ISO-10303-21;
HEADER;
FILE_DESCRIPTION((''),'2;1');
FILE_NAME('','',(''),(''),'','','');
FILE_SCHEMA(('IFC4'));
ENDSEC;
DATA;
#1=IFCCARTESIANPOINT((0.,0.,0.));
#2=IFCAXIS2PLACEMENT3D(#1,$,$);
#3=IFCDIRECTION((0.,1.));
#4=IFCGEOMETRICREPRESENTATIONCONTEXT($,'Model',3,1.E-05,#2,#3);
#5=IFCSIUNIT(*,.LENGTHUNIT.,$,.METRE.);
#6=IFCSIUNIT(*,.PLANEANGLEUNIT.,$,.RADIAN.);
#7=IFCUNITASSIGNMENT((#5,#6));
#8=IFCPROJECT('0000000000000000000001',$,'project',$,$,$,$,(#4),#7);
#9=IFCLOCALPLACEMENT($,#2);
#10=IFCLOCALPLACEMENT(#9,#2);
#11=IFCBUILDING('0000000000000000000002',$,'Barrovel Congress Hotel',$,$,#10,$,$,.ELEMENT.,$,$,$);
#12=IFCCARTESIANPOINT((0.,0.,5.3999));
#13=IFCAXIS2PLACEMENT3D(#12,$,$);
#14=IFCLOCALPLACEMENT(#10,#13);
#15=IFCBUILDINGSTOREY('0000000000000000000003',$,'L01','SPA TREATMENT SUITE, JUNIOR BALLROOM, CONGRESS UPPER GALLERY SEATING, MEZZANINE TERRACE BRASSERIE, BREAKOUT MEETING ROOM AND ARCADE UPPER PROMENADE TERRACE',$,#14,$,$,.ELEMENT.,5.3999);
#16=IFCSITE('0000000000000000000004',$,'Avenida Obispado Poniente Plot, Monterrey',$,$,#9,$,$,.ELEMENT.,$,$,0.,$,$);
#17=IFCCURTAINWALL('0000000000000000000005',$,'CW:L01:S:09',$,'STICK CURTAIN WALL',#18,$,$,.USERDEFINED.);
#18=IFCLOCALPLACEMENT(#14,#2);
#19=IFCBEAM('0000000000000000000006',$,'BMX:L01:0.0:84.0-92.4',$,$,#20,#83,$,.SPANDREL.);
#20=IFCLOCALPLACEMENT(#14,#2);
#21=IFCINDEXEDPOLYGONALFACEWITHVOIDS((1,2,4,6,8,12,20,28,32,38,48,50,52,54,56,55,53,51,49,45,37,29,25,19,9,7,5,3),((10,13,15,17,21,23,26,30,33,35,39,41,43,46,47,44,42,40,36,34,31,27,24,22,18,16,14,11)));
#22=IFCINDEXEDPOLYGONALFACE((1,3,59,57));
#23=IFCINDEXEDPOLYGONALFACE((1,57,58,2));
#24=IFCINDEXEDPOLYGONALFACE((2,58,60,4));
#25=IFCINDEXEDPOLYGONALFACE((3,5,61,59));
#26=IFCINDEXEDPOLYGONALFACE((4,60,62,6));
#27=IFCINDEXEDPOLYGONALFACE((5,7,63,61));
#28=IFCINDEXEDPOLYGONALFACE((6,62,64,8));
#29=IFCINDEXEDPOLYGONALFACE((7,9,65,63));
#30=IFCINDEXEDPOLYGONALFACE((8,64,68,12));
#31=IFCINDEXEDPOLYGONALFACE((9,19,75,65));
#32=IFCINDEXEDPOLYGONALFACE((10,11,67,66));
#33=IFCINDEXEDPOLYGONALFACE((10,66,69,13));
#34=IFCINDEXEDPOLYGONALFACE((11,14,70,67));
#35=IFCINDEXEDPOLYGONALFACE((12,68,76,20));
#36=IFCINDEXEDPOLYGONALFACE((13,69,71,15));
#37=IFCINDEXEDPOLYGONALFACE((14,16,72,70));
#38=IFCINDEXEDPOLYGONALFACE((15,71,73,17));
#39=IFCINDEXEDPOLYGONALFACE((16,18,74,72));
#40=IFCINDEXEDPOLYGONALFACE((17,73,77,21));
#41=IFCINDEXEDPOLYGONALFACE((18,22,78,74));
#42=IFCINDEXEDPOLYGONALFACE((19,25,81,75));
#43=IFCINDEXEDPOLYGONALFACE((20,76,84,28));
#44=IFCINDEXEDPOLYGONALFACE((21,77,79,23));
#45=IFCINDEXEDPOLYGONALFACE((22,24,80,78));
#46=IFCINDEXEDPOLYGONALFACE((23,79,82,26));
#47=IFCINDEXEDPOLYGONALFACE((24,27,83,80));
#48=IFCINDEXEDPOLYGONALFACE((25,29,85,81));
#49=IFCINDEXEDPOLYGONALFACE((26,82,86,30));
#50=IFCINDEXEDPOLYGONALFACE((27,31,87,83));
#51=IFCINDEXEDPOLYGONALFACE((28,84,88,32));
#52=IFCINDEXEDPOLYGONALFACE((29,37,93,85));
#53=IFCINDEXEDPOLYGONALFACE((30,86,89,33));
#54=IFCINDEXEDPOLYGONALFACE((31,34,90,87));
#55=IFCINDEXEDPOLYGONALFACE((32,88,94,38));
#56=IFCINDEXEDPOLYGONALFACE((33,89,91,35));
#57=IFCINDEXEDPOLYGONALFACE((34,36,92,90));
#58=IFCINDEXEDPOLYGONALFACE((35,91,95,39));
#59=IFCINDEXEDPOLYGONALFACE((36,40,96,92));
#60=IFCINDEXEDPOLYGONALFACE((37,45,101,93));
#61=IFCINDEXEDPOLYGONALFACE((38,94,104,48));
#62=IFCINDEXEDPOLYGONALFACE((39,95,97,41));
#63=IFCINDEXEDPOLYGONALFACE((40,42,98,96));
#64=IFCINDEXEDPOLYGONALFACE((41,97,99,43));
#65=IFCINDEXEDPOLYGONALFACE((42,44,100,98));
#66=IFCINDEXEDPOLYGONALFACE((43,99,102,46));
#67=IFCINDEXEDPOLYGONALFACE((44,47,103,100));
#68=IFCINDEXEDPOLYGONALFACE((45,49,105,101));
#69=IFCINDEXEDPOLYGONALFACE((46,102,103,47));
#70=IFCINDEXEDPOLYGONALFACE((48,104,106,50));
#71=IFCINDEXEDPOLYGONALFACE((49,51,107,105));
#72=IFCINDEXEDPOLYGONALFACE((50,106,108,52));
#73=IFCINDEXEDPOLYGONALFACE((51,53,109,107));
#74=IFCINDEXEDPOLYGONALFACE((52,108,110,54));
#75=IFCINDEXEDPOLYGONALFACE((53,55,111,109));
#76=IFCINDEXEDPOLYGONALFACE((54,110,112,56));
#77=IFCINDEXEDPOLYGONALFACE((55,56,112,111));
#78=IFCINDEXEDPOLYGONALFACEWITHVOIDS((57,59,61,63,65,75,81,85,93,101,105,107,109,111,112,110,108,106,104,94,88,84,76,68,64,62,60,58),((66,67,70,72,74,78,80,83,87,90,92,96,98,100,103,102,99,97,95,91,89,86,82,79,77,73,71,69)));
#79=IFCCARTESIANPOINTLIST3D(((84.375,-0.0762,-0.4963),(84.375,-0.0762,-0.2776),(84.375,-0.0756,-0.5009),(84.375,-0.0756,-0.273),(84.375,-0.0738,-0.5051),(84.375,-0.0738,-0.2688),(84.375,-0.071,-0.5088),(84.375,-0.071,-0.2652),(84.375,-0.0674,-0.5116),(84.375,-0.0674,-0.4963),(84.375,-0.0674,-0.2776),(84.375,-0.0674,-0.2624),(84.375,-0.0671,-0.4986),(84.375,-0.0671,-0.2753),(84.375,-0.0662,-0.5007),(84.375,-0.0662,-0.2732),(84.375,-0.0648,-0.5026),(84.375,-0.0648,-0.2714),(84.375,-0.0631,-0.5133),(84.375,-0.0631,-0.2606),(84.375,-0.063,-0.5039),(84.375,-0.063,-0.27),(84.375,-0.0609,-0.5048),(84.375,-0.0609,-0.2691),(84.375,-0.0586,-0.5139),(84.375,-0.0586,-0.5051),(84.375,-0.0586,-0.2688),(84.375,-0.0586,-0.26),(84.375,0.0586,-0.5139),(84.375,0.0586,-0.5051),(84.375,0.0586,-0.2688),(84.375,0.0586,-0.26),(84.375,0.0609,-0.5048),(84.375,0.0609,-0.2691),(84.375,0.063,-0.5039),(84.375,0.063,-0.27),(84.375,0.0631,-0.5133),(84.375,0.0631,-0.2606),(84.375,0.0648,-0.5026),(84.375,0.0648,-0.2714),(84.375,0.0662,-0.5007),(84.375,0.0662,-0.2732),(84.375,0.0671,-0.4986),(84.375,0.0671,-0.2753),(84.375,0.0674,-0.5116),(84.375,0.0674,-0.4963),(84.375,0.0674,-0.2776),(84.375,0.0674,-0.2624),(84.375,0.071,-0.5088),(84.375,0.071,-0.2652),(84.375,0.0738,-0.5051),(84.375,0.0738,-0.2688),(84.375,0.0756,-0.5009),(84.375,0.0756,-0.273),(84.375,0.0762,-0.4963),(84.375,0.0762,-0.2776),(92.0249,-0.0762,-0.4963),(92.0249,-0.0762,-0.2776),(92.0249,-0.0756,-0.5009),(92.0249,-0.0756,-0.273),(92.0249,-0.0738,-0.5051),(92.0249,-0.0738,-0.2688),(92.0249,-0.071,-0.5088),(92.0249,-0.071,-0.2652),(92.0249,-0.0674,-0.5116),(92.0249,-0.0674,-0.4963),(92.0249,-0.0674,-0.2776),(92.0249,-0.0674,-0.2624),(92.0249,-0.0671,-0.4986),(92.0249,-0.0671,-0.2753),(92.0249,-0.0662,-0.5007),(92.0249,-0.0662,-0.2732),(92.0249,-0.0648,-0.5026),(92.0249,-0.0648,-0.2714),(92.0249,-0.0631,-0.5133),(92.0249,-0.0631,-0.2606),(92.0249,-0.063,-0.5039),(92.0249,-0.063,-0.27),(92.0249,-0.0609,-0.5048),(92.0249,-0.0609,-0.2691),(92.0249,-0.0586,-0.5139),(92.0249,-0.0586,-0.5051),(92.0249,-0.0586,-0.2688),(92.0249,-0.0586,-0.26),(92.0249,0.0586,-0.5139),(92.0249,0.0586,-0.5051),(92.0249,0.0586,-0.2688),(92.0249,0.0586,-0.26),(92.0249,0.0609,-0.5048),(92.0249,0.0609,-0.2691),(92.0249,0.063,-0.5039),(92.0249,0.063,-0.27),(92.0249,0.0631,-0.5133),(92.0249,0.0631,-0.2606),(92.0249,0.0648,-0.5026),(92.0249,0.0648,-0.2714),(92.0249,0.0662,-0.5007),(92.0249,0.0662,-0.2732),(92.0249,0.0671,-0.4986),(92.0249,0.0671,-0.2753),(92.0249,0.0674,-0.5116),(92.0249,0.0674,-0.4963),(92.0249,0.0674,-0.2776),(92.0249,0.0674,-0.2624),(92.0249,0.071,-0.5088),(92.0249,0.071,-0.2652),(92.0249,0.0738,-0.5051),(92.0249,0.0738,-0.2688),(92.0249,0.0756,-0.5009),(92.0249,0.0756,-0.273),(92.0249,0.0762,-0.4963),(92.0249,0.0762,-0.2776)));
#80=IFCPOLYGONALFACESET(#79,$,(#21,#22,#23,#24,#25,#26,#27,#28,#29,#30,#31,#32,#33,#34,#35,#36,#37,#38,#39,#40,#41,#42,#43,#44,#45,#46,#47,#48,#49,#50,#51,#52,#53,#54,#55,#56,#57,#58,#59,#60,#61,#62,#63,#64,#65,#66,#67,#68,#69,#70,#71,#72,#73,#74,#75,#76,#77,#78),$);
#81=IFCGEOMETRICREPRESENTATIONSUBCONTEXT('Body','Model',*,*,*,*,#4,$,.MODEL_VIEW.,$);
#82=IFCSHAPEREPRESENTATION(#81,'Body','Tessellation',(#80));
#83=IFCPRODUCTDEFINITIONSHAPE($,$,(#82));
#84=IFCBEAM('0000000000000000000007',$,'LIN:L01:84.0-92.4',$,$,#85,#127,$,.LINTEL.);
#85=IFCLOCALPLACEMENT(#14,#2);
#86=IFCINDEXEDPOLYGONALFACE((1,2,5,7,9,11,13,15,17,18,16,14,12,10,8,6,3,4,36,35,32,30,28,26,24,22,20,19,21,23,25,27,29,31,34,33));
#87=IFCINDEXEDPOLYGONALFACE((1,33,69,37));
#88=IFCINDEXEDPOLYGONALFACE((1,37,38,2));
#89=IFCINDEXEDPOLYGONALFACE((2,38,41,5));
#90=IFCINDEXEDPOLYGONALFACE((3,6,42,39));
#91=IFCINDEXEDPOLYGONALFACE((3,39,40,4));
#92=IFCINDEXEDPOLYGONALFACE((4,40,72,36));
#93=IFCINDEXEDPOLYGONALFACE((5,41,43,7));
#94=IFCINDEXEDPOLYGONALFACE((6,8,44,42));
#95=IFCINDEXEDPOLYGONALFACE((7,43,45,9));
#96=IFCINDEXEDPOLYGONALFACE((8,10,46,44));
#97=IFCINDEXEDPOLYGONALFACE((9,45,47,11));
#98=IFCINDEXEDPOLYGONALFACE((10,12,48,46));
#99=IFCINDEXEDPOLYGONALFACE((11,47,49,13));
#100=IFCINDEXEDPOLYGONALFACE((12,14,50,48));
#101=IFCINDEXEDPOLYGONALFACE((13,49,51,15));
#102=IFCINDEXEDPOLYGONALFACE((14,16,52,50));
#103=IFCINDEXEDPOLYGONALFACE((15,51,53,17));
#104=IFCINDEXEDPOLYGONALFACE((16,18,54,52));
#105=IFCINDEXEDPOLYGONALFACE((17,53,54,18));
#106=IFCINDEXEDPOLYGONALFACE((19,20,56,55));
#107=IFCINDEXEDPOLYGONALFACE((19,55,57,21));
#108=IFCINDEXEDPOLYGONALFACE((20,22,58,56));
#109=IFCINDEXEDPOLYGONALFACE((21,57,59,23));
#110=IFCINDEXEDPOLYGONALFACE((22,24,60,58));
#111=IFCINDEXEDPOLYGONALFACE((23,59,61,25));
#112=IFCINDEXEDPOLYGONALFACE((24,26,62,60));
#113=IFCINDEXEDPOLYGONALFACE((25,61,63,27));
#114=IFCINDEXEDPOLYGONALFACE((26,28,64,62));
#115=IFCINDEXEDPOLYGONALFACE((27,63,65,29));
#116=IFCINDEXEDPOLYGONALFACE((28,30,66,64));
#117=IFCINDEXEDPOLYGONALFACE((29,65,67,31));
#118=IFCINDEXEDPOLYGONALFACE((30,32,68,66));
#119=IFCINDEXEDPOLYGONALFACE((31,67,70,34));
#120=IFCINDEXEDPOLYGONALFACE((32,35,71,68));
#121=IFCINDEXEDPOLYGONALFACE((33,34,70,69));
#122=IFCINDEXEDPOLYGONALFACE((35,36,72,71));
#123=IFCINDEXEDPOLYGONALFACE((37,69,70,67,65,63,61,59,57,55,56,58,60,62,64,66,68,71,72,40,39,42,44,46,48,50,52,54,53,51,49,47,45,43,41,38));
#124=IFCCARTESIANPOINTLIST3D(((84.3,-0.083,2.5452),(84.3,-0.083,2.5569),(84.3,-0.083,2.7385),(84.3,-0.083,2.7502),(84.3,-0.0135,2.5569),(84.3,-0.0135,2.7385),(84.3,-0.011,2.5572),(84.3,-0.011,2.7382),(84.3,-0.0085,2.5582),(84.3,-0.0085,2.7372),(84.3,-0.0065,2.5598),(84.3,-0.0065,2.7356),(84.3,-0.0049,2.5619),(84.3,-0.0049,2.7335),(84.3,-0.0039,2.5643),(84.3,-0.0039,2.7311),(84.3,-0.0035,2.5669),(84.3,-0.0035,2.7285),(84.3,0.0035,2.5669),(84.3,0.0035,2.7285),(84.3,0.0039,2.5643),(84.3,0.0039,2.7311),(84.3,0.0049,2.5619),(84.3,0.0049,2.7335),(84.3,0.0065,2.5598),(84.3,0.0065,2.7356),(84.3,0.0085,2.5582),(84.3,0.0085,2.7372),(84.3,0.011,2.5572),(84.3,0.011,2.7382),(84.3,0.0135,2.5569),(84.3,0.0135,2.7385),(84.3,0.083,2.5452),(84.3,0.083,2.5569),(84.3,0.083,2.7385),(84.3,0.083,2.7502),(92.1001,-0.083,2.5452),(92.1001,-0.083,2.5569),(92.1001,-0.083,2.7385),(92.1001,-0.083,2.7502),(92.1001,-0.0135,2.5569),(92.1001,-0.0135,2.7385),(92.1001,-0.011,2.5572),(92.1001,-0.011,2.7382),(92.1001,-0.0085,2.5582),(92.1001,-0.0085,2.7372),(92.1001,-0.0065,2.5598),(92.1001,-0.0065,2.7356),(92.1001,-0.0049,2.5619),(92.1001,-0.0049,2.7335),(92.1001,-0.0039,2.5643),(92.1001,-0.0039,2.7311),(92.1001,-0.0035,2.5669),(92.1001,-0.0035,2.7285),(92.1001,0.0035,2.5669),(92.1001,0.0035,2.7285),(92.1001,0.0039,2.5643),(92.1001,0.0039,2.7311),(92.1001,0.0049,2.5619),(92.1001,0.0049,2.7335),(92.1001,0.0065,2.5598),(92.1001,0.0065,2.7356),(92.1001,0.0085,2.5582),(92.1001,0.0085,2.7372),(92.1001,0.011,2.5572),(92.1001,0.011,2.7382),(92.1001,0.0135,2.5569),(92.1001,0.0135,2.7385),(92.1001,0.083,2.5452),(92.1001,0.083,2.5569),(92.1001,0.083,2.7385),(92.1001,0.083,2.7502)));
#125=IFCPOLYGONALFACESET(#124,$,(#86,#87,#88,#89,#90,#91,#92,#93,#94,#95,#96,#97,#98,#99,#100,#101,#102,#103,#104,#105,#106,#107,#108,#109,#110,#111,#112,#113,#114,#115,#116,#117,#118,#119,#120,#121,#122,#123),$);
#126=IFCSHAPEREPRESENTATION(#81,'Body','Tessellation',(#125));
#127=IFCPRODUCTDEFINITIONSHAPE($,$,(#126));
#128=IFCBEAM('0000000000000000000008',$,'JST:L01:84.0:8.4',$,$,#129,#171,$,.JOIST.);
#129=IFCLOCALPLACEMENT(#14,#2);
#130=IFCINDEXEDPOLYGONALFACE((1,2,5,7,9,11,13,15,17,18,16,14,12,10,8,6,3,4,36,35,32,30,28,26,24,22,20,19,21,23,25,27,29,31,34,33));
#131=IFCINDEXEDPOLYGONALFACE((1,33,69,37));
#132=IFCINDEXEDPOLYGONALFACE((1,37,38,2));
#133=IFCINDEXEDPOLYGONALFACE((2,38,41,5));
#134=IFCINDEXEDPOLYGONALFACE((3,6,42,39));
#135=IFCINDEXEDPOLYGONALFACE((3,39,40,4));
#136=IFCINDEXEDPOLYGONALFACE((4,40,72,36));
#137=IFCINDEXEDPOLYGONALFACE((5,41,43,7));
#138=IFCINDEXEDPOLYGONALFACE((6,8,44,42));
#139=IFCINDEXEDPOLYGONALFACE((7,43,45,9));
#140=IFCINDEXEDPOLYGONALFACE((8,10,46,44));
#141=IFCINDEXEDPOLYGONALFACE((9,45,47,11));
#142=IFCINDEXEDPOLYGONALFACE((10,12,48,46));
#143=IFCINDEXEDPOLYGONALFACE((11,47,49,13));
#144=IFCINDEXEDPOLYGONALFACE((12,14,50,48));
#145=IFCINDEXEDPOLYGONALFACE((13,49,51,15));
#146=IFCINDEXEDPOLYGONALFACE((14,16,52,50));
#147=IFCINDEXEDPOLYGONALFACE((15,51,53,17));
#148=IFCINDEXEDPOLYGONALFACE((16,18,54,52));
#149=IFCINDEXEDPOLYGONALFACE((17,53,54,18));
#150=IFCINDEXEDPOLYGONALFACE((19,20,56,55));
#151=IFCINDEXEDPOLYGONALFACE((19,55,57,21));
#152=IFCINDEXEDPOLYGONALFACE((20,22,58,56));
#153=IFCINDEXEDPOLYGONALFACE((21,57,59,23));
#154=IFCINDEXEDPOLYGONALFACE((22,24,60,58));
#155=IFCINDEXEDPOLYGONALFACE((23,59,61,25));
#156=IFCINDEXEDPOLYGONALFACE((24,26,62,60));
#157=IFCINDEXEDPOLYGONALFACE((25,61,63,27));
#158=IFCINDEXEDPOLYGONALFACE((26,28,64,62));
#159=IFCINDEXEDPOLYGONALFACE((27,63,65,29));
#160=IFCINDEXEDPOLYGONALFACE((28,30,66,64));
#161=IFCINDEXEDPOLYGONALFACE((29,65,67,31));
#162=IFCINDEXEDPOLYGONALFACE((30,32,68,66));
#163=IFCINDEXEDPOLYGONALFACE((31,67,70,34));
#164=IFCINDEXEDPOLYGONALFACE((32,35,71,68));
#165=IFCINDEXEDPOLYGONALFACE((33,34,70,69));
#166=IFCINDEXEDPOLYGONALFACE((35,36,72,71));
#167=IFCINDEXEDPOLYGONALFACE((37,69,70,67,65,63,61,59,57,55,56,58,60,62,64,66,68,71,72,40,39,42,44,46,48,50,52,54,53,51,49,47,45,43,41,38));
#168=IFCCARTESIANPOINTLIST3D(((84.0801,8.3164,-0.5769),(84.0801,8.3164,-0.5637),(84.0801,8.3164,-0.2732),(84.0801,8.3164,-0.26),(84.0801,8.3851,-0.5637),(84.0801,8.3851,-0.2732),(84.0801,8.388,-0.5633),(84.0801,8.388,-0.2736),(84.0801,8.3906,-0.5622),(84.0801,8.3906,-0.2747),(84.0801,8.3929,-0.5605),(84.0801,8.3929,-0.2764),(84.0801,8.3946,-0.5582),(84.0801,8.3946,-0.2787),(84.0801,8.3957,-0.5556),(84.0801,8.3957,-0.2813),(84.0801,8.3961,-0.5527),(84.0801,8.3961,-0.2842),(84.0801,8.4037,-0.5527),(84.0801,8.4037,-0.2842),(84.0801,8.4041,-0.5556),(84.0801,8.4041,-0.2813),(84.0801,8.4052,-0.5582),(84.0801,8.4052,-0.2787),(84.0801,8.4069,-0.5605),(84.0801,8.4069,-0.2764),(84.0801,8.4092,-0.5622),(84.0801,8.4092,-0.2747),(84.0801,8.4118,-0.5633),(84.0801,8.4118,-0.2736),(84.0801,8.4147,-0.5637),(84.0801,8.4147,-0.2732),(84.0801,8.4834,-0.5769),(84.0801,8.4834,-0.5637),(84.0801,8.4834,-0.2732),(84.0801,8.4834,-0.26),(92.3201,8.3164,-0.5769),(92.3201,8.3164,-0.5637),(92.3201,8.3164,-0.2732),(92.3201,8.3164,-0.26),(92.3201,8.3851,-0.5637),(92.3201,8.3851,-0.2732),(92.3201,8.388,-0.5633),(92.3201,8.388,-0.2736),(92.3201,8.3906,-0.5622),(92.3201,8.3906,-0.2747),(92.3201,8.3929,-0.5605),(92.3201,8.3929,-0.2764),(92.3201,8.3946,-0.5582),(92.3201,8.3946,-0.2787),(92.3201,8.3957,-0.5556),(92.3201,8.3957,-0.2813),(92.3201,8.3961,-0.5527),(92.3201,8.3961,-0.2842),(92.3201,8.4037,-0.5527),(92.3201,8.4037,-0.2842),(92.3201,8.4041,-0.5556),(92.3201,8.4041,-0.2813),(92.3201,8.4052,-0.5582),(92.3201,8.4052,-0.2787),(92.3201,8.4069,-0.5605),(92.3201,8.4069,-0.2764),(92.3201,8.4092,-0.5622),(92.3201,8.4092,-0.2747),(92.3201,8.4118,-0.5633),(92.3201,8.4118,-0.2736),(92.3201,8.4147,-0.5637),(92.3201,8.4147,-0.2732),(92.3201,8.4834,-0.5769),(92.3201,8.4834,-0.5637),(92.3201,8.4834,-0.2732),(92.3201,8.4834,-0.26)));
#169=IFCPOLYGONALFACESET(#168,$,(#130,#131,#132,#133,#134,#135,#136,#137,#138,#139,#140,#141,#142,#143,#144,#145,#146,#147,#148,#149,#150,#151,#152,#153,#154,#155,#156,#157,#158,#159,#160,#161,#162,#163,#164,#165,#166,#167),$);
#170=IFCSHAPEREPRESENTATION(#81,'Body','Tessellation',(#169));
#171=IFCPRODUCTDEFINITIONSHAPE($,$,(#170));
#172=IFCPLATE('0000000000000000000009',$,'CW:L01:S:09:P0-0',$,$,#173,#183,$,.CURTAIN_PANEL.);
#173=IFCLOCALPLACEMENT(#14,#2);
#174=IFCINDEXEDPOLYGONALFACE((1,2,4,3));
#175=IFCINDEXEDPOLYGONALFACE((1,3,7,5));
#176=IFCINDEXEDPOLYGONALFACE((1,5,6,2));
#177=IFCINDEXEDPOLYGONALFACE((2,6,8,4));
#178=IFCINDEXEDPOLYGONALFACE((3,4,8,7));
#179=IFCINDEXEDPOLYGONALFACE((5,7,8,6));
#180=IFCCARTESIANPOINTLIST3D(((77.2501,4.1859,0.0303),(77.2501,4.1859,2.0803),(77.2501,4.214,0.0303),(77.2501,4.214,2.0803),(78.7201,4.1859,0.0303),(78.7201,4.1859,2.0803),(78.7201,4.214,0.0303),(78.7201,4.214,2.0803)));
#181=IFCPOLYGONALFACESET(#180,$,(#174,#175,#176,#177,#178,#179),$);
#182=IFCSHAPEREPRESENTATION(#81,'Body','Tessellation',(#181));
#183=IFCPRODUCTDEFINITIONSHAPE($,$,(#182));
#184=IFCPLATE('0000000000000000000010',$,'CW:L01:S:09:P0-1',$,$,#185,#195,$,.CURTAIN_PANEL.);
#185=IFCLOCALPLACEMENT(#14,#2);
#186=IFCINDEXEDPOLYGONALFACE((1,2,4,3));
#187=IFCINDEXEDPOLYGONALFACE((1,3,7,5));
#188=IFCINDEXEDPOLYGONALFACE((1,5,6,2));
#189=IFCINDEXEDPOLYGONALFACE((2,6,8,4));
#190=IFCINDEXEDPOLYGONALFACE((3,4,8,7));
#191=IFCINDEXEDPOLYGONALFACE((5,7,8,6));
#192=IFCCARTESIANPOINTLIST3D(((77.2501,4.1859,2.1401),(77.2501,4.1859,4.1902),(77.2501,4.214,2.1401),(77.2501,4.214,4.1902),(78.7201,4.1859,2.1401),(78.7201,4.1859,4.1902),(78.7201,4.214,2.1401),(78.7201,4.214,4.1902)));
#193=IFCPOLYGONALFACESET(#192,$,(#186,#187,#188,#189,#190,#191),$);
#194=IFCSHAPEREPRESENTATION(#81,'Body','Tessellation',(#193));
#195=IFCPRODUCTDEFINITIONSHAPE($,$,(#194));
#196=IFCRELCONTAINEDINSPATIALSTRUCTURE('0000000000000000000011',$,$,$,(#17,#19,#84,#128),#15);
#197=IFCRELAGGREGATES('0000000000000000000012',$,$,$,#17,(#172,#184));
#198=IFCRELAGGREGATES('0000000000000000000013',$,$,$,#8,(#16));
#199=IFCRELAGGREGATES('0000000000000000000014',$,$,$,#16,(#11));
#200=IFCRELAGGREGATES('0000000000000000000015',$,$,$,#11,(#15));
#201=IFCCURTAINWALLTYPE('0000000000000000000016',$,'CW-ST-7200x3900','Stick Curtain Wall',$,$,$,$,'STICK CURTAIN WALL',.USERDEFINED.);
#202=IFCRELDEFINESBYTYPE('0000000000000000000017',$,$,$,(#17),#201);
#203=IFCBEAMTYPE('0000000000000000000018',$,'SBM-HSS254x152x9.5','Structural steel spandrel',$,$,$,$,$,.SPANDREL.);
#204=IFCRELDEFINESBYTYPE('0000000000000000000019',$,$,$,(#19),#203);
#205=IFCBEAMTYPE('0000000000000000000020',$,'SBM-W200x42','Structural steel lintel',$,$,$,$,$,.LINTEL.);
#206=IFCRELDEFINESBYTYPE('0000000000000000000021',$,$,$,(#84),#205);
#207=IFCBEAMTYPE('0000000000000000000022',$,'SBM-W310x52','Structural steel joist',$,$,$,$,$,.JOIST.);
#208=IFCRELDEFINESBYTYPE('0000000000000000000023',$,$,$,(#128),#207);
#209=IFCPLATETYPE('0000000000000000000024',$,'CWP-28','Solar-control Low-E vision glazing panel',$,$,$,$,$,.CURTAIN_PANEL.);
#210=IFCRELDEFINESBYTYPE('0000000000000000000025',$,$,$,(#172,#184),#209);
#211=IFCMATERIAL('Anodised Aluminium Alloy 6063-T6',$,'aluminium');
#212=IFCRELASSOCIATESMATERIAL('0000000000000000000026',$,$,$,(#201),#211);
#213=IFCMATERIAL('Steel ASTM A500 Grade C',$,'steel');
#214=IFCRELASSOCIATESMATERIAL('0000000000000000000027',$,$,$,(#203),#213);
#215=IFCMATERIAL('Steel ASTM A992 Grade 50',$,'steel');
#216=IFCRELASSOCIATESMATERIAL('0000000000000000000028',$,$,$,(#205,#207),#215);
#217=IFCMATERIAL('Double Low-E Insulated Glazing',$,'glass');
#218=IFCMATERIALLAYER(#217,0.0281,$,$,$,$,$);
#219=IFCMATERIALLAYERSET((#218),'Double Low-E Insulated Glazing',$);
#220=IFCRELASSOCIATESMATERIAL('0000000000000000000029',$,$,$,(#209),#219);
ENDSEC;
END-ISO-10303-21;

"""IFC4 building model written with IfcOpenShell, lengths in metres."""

from ifc_helpers import new_model, si_unit, direction, frame, origin, origin_2d, place, context, subcontext, project, spatial, rectangle, hollow_rectangle, i_section, extrude, material, layer, layer_set, material_profile, profile_set, type_object, element, aggregate, save


model = new_model("IFC4")

# Units and contexts
model_context = context("Model", 3, precision=1e-05, world=origin(), true_north=direction((0.0, 1.0)))
body_context = subcontext(model_context, "Body", "Model", "MODEL_VIEW")
ifc_project = project(units=[si_unit("LENGTHUNIT", "METRE"), si_unit("PLANEANGLEUNIT", "RADIAN")], contexts=[model_context])

# Site, building, storey
site_placement = place(None, origin())
site = spatial("IfcSite", under=ifc_project, at=site_placement, Name="Avenida Obispado Poniente Plot, Monterrey", CompositionType="ELEMENT", RefElevation=0.0)
building_placement = place(site_placement, origin())
building = spatial("IfcBuilding", under=site, at=building_placement, Name="Barrovel Congress Hotel", CompositionType="ELEMENT")
storey_placement = place(building_placement, frame((0.0, 0.0, 5.3999)))
storey = spatial("IfcBuildingStorey", under=building, at=storey_placement, Name="L01", Description="SPA TREATMENT SUITE, JUNIOR BALLROOM, CONGRESS UPPER GALLERY SEATING, MEZZANINE TERRACE BRASSERIE, BREAKOUT MEETING ROOM AND ARCADE UPPER PROMENADE TERRACE", CompositionType="ELEMENT", Elevation=5.3999)

# Curtain wall
ifc_material_1 = material(Name="Anodised Aluminium Alloy 6063-T6", Category="aluminium")
curtain_wall_type = type_object("IfcCurtainWallType", Name="CW-ST-7200x3900", Description="Stick Curtain Wall", ElementType="STICK CURTAIN WALL", PredefinedType="USERDEFINED", material=ifc_material_1)
curtain_wall_placement = place(storey_placement, origin())
curtain_wall = element("IfcCurtainWall", 1, at=curtain_wall_placement, inside=storey, type_object=curtain_wall_type, Name="CW:L01:S:09", ObjectType="STICK CURTAIN WALL", PredefinedType="USERDEFINED")

# Beams
ifc_material_2 = material(Name="Steel ASTM A500 Grade C", Category="steel")
ifc_material_profile_1 = material_profile(ifc_material_2, hollow_rectangle(XDim=0.1523, YDim=0.2539, WallThickness=0.0088, InnerFilletRadius=0.0088, OuterFilletRadius=0.0176, at=origin_2d()), Name="HSS254x152x9.5")
ifc_profile_set_1 = profile_set([ifc_material_profile_1], Name="Steel ASTM A500 Grade C")
beam_type_1 = type_object("IfcBeamType", Name="SBM-HSS254x152x9.5", Description="Structural steel spandrel", PredefinedType="SPANDREL", material=ifc_profile_set_1)
beam_1_placement = place(storey_placement, frame((84.375, 0.0, -0.387), z_axis=(1.0, 0.0, 0.0), x_axis=(0.0, 1.0, 0.0)))
element("IfcBeam", 2, at=beam_1_placement, inside=storey, type_object=beam_type_1, Name="BMX:L01:0.0:84.0-92.4", PredefinedType="SPANDREL", context=body_context, shape_type="SweptSolid", body=[
    extrude(hollow_rectangle(XDim=0.1523, YDim=0.2539, WallThickness=0.0088, InnerFilletRadius=0.0088, OuterFilletRadius=0.0176, at=origin_2d()), origin(), (0.0, 0.0, 1.0), 7.6499),
])
ifc_material_3 = material(Name="Steel ASTM A992 Grade 50", Category="steel")
ifc_material_profile_2 = material_profile(ifc_material_3, i_section(OverallWidth=0.166, OverallDepth=0.2051, WebThickness=0.0071, FlangeThickness=0.0117, FilletRadius=0.01, at=origin_2d()), Name="W200x42")
ifc_profile_set_2 = profile_set([ifc_material_profile_2], Name="Steel ASTM A992 Grade 50")
beam_type_2 = type_object("IfcBeamType", Name="SBM-W200x42", Description="Structural steel lintel", PredefinedType="LINTEL", material=ifc_profile_set_2)
beam_2_placement = place(storey_placement, frame((84.3, 0.0, 2.6477), z_axis=(1.0, 0.0, 0.0), x_axis=(0.0, 1.0, 0.0)))
element("IfcBeam", 3, at=beam_2_placement, inside=storey, type_object=beam_type_2, Name="LIN:L01:84.0-92.4", PredefinedType="LINTEL", context=body_context, shape_type="SweptSolid", body=[
    extrude(i_section(OverallWidth=0.166, OverallDepth=0.2051, WebThickness=0.0071, FlangeThickness=0.0117, FilletRadius=0.01, at=origin_2d()), origin(), (0.0, 0.0, 1.0), 7.8),
])
ifc_material_profile_3 = material_profile(ifc_material_3, i_section(OverallWidth=0.167, OverallDepth=0.3169, WebThickness=0.0076, FlangeThickness=0.0132, FilletRadius=0.011, at=origin_2d()), Name="W310x52")
ifc_profile_set_3 = profile_set([ifc_material_profile_3], Name="Steel ASTM A992 Grade 50")
beam_type_3 = type_object("IfcBeamType", Name="SBM-W310x52", Description="Structural steel joist", PredefinedType="JOIST", material=ifc_profile_set_3)
beam_3_placement = place(storey_placement, frame((84.0801, 8.3999, -0.4185), z_axis=(1.0, 0.0, 0.0), x_axis=(0.0, 1.0, 0.0)))
element("IfcBeam", 4, at=beam_3_placement, inside=storey, type_object=beam_type_3, Name="JST:L01:84.0:8.4", PredefinedType="JOIST", context=body_context, shape_type="SweptSolid", body=[
    extrude(i_section(OverallWidth=0.167, OverallDepth=0.3169, WebThickness=0.0076, FlangeThickness=0.0132, FilletRadius=0.011, at=origin_2d()), origin(), (0.0, 0.0, 1.0), 8.24),
])

# Plates
ifc_material_4 = material(Name="Double Low-E Insulated Glazing", Category="glass")
ifc_layer_1 = layer(ifc_material_4, 0.0281)
ifc_layer_set_1 = layer_set([ifc_layer_1], Name="Double Low-E Insulated Glazing")
plate_type = type_object("IfcPlateType", Name="CWP-28", Description="Solar-control Low-E vision glazing panel", PredefinedType="CURTAIN_PANEL", material=ifc_layer_set_1)
plate_1_placement = place(storey_placement, frame((77.9851, 4.2, 0.0303), z_axis=(0.0, 0.0, 1.0), x_axis=(1.0, 0.0, 0.0)))
plate_1 = element("IfcPlate", 5, at=plate_1_placement, type_object=plate_type, Name="CW:L01:S:09:P0-0", PredefinedType="CURTAIN_PANEL", context=body_context, shape_type="SweptSolid", body=[
    extrude(rectangle(XDim=1.47, YDim=0.0281, at=origin_2d()), origin(), (0.0, 0.0, 1.0), 2.05),
])
plate_2_placement = place(storey_placement, frame((77.9851, 4.2, 2.1401), z_axis=(0.0, 0.0, 1.0), x_axis=(1.0, 0.0, 0.0)))
plate_2 = element("IfcPlate", 6, at=plate_2_placement, type_object=plate_type, Name="CW:L01:S:09:P0-1", PredefinedType="CURTAIN_PANEL", context=body_context, shape_type="SweptSolid", body=[
    extrude(rectangle(XDim=1.47, YDim=0.0281, at=origin_2d()), origin(), (0.0, 0.0, 1.0), 2.05),
])
aggregate(curtain_wall, [plate_1, plate_2])

save(model, "model.ifc")
